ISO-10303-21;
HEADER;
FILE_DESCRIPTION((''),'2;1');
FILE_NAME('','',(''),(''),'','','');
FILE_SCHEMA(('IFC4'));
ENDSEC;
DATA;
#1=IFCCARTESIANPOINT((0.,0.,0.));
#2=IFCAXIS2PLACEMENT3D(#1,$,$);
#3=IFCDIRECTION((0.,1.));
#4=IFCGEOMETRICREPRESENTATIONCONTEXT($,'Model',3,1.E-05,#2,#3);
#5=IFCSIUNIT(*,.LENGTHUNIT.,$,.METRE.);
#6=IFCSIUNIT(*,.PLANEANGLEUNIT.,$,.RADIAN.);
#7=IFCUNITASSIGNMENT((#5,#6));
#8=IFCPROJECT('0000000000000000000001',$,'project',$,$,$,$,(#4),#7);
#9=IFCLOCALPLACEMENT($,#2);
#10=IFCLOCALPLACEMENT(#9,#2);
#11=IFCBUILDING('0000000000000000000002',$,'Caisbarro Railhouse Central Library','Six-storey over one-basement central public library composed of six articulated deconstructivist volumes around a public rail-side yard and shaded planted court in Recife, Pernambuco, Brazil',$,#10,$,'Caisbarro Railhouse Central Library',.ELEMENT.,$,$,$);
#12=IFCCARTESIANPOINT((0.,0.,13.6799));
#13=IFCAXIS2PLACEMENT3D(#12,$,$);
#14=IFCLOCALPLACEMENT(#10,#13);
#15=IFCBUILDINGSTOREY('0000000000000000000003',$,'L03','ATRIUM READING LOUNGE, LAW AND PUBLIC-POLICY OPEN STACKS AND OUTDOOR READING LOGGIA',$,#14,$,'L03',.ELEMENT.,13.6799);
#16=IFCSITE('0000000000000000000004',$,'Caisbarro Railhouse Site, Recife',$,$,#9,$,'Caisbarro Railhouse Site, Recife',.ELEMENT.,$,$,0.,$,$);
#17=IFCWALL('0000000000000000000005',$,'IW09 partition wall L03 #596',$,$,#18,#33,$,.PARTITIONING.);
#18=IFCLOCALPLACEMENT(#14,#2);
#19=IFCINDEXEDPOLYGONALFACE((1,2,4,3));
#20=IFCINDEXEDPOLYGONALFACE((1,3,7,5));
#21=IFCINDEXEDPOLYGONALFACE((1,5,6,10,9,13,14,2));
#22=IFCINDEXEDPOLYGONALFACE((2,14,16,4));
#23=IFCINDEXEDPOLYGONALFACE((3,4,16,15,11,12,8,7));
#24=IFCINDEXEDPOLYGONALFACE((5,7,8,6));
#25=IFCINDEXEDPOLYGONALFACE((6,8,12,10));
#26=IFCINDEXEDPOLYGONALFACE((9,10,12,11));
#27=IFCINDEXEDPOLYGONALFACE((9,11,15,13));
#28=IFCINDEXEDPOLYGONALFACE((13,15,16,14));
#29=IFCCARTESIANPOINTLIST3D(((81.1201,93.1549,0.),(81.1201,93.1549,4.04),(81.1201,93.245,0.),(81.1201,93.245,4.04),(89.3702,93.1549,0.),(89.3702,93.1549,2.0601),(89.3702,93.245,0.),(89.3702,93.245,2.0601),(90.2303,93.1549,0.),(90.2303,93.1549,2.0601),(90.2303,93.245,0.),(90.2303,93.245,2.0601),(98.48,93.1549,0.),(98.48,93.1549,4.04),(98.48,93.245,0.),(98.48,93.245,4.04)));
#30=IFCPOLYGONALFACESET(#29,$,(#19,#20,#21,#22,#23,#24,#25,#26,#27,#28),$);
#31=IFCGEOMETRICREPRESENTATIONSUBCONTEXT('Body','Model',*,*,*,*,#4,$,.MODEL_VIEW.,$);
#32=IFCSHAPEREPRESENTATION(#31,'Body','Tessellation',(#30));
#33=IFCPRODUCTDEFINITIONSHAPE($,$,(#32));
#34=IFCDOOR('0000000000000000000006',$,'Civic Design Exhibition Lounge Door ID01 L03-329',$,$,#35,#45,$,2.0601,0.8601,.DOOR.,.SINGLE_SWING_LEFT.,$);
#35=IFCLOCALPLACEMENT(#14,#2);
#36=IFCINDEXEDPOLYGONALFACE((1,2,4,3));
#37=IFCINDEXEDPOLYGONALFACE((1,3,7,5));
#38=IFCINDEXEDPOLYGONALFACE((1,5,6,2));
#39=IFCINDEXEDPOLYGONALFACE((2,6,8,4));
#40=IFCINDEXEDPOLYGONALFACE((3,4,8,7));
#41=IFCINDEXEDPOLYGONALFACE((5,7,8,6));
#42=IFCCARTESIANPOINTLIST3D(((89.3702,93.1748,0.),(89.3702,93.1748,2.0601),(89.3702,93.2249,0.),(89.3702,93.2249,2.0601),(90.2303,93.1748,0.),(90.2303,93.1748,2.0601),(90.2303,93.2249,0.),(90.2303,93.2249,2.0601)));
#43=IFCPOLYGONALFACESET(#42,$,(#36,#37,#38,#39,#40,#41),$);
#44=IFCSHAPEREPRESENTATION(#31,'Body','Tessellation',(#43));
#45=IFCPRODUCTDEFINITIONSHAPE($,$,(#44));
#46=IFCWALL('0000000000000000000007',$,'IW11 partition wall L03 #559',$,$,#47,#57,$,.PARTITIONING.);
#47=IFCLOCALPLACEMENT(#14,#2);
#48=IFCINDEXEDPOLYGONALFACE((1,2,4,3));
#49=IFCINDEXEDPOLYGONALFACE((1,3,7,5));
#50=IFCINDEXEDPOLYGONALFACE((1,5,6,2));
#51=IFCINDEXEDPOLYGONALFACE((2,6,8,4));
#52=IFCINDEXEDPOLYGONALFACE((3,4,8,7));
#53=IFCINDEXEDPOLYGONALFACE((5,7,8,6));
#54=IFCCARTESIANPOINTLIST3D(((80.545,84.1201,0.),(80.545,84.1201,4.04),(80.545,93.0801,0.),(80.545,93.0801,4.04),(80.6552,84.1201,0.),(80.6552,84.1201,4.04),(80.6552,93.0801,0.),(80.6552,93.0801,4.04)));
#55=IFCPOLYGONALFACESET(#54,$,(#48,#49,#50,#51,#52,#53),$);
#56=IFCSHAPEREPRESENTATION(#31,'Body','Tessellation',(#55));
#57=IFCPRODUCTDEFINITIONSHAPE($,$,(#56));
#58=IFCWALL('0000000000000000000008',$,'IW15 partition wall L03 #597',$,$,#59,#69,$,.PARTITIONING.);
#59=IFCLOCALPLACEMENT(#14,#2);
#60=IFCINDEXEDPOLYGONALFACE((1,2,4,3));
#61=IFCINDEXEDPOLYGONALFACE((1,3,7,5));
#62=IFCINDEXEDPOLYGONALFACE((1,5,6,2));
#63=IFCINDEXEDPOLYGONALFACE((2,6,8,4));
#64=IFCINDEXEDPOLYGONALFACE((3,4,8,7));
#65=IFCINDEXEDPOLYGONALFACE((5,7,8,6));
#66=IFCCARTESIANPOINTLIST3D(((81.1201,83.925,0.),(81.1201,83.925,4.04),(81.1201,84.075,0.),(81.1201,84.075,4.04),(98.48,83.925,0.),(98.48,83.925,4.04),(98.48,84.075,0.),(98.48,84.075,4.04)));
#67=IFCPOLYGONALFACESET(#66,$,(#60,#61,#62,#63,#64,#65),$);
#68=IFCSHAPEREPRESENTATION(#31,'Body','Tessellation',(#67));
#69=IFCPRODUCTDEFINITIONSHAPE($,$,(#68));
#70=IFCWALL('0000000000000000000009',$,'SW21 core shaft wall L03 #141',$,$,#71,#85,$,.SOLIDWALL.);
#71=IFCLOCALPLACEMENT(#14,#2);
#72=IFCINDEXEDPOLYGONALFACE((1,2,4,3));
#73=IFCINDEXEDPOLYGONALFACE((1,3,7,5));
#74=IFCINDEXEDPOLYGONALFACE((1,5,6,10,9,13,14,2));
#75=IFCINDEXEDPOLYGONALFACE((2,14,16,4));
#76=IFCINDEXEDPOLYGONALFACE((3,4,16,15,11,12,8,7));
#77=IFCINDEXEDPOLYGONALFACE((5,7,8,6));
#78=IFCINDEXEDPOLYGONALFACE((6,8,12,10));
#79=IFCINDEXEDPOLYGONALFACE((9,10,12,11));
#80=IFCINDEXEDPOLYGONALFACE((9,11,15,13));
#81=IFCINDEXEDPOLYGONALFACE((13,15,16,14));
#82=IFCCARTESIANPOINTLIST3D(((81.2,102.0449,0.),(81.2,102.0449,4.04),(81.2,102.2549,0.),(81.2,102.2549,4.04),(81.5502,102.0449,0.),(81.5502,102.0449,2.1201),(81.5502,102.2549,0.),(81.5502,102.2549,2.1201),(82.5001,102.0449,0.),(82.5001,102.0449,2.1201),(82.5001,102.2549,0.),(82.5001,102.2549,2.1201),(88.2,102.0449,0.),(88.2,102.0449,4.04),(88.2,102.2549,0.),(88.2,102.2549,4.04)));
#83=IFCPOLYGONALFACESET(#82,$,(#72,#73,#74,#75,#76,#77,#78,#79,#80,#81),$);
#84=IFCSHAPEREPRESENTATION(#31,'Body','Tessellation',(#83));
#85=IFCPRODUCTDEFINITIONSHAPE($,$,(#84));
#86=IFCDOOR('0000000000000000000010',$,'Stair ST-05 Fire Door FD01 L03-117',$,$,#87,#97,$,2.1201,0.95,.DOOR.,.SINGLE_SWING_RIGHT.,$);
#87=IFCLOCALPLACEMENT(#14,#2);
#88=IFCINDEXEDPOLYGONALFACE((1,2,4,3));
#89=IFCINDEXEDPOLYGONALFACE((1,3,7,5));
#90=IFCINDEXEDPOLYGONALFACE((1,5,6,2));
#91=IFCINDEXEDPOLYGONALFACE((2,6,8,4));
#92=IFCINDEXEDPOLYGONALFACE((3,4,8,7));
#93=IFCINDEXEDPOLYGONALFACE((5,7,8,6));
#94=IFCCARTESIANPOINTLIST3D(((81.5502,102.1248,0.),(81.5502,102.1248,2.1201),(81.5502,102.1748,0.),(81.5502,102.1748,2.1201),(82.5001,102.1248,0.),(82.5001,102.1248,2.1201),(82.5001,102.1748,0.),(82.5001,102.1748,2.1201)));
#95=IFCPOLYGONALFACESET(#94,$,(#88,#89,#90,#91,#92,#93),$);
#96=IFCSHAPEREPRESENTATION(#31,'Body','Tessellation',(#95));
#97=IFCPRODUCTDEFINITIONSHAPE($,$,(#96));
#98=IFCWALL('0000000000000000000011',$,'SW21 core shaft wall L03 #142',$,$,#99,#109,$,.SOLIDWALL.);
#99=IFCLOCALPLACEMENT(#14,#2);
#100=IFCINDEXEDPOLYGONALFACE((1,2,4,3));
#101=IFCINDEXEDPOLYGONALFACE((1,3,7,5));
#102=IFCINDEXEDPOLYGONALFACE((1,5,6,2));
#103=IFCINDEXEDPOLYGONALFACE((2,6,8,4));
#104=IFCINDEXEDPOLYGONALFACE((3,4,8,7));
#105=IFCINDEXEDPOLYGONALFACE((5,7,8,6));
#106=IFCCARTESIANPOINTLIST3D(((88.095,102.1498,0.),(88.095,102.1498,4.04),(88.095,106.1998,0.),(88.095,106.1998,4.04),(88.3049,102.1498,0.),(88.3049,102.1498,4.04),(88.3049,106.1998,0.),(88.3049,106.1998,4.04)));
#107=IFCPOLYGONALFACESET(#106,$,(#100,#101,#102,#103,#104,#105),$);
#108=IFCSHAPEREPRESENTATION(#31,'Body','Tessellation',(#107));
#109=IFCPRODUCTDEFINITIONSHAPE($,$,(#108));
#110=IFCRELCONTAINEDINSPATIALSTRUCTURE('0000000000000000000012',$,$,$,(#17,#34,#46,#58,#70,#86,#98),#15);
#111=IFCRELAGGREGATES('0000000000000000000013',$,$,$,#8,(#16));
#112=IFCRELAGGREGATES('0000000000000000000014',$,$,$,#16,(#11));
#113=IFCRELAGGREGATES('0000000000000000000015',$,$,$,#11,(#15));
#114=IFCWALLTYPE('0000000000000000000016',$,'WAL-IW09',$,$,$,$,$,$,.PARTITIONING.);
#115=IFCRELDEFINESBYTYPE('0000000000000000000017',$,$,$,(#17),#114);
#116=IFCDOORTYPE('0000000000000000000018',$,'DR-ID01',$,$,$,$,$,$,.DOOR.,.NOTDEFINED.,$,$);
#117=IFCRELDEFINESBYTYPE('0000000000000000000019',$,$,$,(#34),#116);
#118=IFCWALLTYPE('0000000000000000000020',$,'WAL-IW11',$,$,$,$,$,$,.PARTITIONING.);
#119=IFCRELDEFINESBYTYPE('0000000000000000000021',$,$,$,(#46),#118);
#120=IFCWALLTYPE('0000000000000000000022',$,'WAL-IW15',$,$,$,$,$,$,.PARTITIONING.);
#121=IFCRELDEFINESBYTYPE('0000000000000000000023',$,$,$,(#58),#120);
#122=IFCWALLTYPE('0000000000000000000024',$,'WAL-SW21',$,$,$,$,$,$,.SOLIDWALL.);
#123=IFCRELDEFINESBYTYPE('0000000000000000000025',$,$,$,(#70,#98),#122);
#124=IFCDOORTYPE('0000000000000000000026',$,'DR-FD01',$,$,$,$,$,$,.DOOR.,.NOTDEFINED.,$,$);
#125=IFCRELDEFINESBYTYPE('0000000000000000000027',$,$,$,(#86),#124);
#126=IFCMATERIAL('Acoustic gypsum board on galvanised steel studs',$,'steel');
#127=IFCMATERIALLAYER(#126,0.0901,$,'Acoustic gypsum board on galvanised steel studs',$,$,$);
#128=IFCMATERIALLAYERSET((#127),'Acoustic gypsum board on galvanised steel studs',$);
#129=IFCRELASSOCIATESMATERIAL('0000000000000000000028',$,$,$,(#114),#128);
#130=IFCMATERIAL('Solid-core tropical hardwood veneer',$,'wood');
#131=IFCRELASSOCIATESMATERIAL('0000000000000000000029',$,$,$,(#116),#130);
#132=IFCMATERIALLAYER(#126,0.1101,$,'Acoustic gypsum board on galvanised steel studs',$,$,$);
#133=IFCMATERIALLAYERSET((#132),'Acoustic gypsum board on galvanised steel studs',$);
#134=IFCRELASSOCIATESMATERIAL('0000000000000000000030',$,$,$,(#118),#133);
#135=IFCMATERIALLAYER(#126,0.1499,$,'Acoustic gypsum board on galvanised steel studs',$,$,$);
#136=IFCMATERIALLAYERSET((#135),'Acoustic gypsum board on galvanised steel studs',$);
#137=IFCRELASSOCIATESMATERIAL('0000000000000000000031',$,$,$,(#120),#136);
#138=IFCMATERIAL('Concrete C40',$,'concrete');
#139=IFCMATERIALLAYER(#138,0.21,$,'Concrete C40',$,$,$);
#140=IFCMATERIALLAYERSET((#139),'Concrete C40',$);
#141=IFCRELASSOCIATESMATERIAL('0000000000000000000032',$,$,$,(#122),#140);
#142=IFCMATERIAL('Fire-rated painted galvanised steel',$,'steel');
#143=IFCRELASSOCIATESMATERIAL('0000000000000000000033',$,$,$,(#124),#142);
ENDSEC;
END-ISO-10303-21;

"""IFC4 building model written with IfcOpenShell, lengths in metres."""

from ifc_helpers import new_model, si_unit, direction, frame, frame_2d, origin, place, context, subcontext, project, spatial, rectangle, extrude, material, layer, layer_set, type_object, element, fill, save


model = new_model("IFC4")

# Units and contexts
model_context = context("Model", 3, precision=1e-05, world=origin(), true_north=direction((0.0, 1.0)))
body_context = subcontext(model_context, "Body", "Model", "MODEL_VIEW")
ifc_project = project(units=[si_unit("LENGTHUNIT", "METRE"), si_unit("PLANEANGLEUNIT", "RADIAN")], contexts=[model_context])

# Site, building, storey
site_placement = place(None, origin())
site = spatial("IfcSite", under=ifc_project, at=site_placement, Name="Caisbarro Railhouse Site, Recife", LongName="Caisbarro Railhouse Site, Recife", CompositionType="ELEMENT", RefElevation=0.0)
building_placement = place(site_placement, origin())
building = spatial("IfcBuilding", under=site, at=building_placement, Name="Caisbarro Railhouse Central Library", Description="Six-storey over one-basement central public library composed of six articulated deconstructivist volumes around a public rail-side yard and shaded planted court in Recife, Pernambuco, Brazil", LongName="Caisbarro Railhouse Central Library", CompositionType="ELEMENT")
storey_placement = place(building_placement, frame((0.0, 0.0, 13.6799)))
storey = spatial("IfcBuildingStorey", under=building, at=storey_placement, Name="L03", Description="ATRIUM READING LOUNGE, LAW AND PUBLIC-POLICY OPEN STACKS AND OUTDOOR READING LOGGIA", LongName="L03", CompositionType="ELEMENT", Elevation=13.6799)

# Shared definitions
ifc_material_1 = material(Name="Concrete C40", Category="concrete")

# Shared definitions
ifc_material_2 = material(Name="Fire-rated painted galvanised steel", Category="steel")

# Wall, opening, door
ifc_material_3 = material(Name="Acoustic gypsum board on galvanised steel studs", Category="steel")
ifc_layer_1 = layer(ifc_material_3, 0.0901, Name="Acoustic gypsum board on galvanised steel studs")
ifc_layer_set_1 = layer_set([ifc_layer_1], Name="Acoustic gypsum board on galvanised steel studs")
wall_type_1 = type_object("IfcWallType", Name="WAL-IW09", PredefinedType="PARTITIONING", material=ifc_layer_set_1)
wall_1_placement = place(storey_placement, frame((81.1201, 93.2, 0.0), z_axis=(0.0, 0.0, 1.0), x_axis=(1.0, 0.0, 0.0)))
wall_1 = element("IfcWall", 1, at=wall_1_placement, inside=storey, type_object=wall_type_1, Name="IW09 partition wall L03 #596", PredefinedType="PARTITIONING", context=body_context, shape_type="SweptSolid", body=[
    extrude(rectangle(XDim=17.3599, YDim=0.0901, at=frame_2d((8.6799, 0.0))), origin(), (0.0, 0.0, 1.0), 4.04),
])
opening_1_placement = place(wall_1_placement, frame((8.25, 0.0, 0.0)))
opening_1 = element("IfcOpeningElement", 2, at=opening_1_placement, cuts=wall_1, PredefinedType="OPENING", context=body_context, shape_type="SweptSolid", body=[
    extrude(rectangle(XDim=0.8601, YDim=2.0601, at=frame_2d((0.4302, 1.03))), frame((0.0, 0.0552, 0.0), z_axis=(0.0, -1.0, 0.0), x_axis=(1.0, 0.0, 0.0)), (0.0, 0.0, 1.0), 0.1101),
])
ifc_material_4 = material(Name="Solid-core tropical hardwood veneer", Category="wood")
door_type_1 = type_object("IfcDoorType", Name="DR-ID01", OperationType="NOTDEFINED", PredefinedType="DOOR", material=ifc_material_4)
door_1_placement = place(opening_1_placement, origin())
door_1 = element("IfcDoor", 3, at=door_1_placement, inside=storey, type_object=door_type_1, Name="Civic Design Exhibition Lounge Door ID01 L03-329", OperationType="SINGLE_SWING_LEFT", OverallHeight=2.0601, OverallWidth=0.8601, PredefinedType="DOOR", context=body_context, shape_type="SweptSolid", body=[
    extrude(rectangle(XDim=0.8601, YDim=2.0601, at=frame_2d((0.4302, 1.03))), frame((0.0, 0.0249, 0.0), z_axis=(0.0, -1.0, 0.0), x_axis=(1.0, 0.0, 0.0)), (0.0, 0.0, 1.0), 0.05),
])
fill(opening_1, door_1)

# Walls
ifc_layer_2 = layer(ifc_material_3, 0.1101, Name="Acoustic gypsum board on galvanised steel studs")
ifc_layer_set_2 = layer_set([ifc_layer_2], Name="Acoustic gypsum board on galvanised steel studs")
wall_type_2 = type_object("IfcWallType", Name="WAL-IW11", PredefinedType="PARTITIONING", material=ifc_layer_set_2)
wall_2_placement = place(storey_placement, frame((80.6001, 84.1201, 0.0), z_axis=(0.0, 0.0, 1.0), x_axis=(0.0, 1.0, 0.0)))
element("IfcWall", 4, at=wall_2_placement, inside=storey, type_object=wall_type_2, Name="IW11 partition wall L03 #559", PredefinedType="PARTITIONING", context=body_context, shape_type="SweptSolid", body=[
    extrude(rectangle(XDim=8.96, YDim=0.1101, at=frame_2d((4.48, 0.0))), origin(), (0.0, 0.0, 1.0), 4.04),
])
ifc_layer_3 = layer(ifc_material_3, 0.1499, Name="Acoustic gypsum board on galvanised steel studs")
ifc_layer_set_3 = layer_set([ifc_layer_3], Name="Acoustic gypsum board on galvanised steel studs")
wall_type_3 = type_object("IfcWallType", Name="WAL-IW15", PredefinedType="PARTITIONING", material=ifc_layer_set_3)
wall_3_placement = place(storey_placement, frame((81.1201, 84.0, 0.0), z_axis=(0.0, 0.0, 1.0), x_axis=(1.0, 0.0, 0.0)))
element("IfcWall", 5, at=wall_3_placement, inside=storey, type_object=wall_type_3, Name="IW15 partition wall L03 #597", PredefinedType="PARTITIONING", context=body_context, shape_type="SweptSolid", body=[
    extrude(rectangle(XDim=17.3599, YDim=0.1499, at=frame_2d((8.6799, 0.0))), origin(), (0.0, 0.0, 1.0), 4.04),
])

# Wall, opening, door
ifc_layer_4 = layer(ifc_material_1, 0.21, Name="Concrete C40")
ifc_layer_set_4 = layer_set([ifc_layer_4], Name="Concrete C40")
wall_type_4 = type_object("IfcWallType", Name="WAL-SW21", PredefinedType="SOLIDWALL", material=ifc_layer_set_4)
wall_4_placement = place(storey_placement, frame((81.2, 102.1499, 0.0), z_axis=(0.0, 0.0, 1.0), x_axis=(1.0, 0.0, 0.0)))
wall_4 = element("IfcWall", 6, at=wall_4_placement, inside=storey, type_object=wall_type_4, Name="SW21 core shaft wall L03 #141", PredefinedType="SOLIDWALL", context=body_context, shape_type="SweptSolid", body=[
    extrude(rectangle(XDim=7.0, YDim=0.21, at=frame_2d((3.5, 0.0))), origin(), (0.0, 0.0, 1.0), 4.04),
])
opening_2_placement = place(wall_4_placement, frame((0.3501, 0.0, 0.0)))
opening_2 = element("IfcOpeningElement", 7, at=opening_2_placement, cuts=wall_4, PredefinedType="OPENING", context=body_context, shape_type="SweptSolid", body=[
    extrude(rectangle(XDim=0.95, YDim=2.1201, at=frame_2d((0.4751, 1.0601))), frame((0.0, 0.115, 0.0), z_axis=(0.0, -1.0, 0.0), x_axis=(1.0, 0.0, 0.0)), (0.0, 0.0, 1.0), 0.23),
])
door_type_2 = type_object("IfcDoorType", Name="DR-FD01", OperationType="NOTDEFINED", PredefinedType="DOOR", material=ifc_material_2)
door_2_placement = place(opening_2_placement, origin())
door_2 = element("IfcDoor", 8, at=door_2_placement, inside=storey, type_object=door_type_2, Name="Stair ST-05 Fire Door FD01 L03-117", OperationType="SINGLE_SWING_RIGHT", OverallHeight=2.1201, OverallWidth=0.95, PredefinedType="DOOR", context=body_context, shape_type="SweptSolid", body=[
    extrude(rectangle(XDim=0.95, YDim=2.1201, at=frame_2d((0.4751, 1.0601))), frame((0.0, 0.0249, 0.0), z_axis=(0.0, -1.0, 0.0), x_axis=(1.0, 0.0, 0.0)), (0.0, 0.0, 1.0), 0.05),
])
fill(opening_2, door_2)

# Wall
wall_5_placement = place(storey_placement, frame((88.2, 102.1499, 0.0), z_axis=(0.0, 0.0, 1.0), x_axis=(0.0, 1.0, 0.0)))
element("IfcWall", 9, at=wall_5_placement, inside=storey, type_object=wall_type_4, Name="SW21 core shaft wall L03 #142", PredefinedType="SOLIDWALL", context=body_context, shape_type="SweptSolid", body=[
    extrude(rectangle(XDim=4.05, YDim=0.21, at=frame_2d((2.0249, 0.0))), origin(), (0.0, 0.0, 1.0), 4.04),
])

save(model, "model.ifc")
